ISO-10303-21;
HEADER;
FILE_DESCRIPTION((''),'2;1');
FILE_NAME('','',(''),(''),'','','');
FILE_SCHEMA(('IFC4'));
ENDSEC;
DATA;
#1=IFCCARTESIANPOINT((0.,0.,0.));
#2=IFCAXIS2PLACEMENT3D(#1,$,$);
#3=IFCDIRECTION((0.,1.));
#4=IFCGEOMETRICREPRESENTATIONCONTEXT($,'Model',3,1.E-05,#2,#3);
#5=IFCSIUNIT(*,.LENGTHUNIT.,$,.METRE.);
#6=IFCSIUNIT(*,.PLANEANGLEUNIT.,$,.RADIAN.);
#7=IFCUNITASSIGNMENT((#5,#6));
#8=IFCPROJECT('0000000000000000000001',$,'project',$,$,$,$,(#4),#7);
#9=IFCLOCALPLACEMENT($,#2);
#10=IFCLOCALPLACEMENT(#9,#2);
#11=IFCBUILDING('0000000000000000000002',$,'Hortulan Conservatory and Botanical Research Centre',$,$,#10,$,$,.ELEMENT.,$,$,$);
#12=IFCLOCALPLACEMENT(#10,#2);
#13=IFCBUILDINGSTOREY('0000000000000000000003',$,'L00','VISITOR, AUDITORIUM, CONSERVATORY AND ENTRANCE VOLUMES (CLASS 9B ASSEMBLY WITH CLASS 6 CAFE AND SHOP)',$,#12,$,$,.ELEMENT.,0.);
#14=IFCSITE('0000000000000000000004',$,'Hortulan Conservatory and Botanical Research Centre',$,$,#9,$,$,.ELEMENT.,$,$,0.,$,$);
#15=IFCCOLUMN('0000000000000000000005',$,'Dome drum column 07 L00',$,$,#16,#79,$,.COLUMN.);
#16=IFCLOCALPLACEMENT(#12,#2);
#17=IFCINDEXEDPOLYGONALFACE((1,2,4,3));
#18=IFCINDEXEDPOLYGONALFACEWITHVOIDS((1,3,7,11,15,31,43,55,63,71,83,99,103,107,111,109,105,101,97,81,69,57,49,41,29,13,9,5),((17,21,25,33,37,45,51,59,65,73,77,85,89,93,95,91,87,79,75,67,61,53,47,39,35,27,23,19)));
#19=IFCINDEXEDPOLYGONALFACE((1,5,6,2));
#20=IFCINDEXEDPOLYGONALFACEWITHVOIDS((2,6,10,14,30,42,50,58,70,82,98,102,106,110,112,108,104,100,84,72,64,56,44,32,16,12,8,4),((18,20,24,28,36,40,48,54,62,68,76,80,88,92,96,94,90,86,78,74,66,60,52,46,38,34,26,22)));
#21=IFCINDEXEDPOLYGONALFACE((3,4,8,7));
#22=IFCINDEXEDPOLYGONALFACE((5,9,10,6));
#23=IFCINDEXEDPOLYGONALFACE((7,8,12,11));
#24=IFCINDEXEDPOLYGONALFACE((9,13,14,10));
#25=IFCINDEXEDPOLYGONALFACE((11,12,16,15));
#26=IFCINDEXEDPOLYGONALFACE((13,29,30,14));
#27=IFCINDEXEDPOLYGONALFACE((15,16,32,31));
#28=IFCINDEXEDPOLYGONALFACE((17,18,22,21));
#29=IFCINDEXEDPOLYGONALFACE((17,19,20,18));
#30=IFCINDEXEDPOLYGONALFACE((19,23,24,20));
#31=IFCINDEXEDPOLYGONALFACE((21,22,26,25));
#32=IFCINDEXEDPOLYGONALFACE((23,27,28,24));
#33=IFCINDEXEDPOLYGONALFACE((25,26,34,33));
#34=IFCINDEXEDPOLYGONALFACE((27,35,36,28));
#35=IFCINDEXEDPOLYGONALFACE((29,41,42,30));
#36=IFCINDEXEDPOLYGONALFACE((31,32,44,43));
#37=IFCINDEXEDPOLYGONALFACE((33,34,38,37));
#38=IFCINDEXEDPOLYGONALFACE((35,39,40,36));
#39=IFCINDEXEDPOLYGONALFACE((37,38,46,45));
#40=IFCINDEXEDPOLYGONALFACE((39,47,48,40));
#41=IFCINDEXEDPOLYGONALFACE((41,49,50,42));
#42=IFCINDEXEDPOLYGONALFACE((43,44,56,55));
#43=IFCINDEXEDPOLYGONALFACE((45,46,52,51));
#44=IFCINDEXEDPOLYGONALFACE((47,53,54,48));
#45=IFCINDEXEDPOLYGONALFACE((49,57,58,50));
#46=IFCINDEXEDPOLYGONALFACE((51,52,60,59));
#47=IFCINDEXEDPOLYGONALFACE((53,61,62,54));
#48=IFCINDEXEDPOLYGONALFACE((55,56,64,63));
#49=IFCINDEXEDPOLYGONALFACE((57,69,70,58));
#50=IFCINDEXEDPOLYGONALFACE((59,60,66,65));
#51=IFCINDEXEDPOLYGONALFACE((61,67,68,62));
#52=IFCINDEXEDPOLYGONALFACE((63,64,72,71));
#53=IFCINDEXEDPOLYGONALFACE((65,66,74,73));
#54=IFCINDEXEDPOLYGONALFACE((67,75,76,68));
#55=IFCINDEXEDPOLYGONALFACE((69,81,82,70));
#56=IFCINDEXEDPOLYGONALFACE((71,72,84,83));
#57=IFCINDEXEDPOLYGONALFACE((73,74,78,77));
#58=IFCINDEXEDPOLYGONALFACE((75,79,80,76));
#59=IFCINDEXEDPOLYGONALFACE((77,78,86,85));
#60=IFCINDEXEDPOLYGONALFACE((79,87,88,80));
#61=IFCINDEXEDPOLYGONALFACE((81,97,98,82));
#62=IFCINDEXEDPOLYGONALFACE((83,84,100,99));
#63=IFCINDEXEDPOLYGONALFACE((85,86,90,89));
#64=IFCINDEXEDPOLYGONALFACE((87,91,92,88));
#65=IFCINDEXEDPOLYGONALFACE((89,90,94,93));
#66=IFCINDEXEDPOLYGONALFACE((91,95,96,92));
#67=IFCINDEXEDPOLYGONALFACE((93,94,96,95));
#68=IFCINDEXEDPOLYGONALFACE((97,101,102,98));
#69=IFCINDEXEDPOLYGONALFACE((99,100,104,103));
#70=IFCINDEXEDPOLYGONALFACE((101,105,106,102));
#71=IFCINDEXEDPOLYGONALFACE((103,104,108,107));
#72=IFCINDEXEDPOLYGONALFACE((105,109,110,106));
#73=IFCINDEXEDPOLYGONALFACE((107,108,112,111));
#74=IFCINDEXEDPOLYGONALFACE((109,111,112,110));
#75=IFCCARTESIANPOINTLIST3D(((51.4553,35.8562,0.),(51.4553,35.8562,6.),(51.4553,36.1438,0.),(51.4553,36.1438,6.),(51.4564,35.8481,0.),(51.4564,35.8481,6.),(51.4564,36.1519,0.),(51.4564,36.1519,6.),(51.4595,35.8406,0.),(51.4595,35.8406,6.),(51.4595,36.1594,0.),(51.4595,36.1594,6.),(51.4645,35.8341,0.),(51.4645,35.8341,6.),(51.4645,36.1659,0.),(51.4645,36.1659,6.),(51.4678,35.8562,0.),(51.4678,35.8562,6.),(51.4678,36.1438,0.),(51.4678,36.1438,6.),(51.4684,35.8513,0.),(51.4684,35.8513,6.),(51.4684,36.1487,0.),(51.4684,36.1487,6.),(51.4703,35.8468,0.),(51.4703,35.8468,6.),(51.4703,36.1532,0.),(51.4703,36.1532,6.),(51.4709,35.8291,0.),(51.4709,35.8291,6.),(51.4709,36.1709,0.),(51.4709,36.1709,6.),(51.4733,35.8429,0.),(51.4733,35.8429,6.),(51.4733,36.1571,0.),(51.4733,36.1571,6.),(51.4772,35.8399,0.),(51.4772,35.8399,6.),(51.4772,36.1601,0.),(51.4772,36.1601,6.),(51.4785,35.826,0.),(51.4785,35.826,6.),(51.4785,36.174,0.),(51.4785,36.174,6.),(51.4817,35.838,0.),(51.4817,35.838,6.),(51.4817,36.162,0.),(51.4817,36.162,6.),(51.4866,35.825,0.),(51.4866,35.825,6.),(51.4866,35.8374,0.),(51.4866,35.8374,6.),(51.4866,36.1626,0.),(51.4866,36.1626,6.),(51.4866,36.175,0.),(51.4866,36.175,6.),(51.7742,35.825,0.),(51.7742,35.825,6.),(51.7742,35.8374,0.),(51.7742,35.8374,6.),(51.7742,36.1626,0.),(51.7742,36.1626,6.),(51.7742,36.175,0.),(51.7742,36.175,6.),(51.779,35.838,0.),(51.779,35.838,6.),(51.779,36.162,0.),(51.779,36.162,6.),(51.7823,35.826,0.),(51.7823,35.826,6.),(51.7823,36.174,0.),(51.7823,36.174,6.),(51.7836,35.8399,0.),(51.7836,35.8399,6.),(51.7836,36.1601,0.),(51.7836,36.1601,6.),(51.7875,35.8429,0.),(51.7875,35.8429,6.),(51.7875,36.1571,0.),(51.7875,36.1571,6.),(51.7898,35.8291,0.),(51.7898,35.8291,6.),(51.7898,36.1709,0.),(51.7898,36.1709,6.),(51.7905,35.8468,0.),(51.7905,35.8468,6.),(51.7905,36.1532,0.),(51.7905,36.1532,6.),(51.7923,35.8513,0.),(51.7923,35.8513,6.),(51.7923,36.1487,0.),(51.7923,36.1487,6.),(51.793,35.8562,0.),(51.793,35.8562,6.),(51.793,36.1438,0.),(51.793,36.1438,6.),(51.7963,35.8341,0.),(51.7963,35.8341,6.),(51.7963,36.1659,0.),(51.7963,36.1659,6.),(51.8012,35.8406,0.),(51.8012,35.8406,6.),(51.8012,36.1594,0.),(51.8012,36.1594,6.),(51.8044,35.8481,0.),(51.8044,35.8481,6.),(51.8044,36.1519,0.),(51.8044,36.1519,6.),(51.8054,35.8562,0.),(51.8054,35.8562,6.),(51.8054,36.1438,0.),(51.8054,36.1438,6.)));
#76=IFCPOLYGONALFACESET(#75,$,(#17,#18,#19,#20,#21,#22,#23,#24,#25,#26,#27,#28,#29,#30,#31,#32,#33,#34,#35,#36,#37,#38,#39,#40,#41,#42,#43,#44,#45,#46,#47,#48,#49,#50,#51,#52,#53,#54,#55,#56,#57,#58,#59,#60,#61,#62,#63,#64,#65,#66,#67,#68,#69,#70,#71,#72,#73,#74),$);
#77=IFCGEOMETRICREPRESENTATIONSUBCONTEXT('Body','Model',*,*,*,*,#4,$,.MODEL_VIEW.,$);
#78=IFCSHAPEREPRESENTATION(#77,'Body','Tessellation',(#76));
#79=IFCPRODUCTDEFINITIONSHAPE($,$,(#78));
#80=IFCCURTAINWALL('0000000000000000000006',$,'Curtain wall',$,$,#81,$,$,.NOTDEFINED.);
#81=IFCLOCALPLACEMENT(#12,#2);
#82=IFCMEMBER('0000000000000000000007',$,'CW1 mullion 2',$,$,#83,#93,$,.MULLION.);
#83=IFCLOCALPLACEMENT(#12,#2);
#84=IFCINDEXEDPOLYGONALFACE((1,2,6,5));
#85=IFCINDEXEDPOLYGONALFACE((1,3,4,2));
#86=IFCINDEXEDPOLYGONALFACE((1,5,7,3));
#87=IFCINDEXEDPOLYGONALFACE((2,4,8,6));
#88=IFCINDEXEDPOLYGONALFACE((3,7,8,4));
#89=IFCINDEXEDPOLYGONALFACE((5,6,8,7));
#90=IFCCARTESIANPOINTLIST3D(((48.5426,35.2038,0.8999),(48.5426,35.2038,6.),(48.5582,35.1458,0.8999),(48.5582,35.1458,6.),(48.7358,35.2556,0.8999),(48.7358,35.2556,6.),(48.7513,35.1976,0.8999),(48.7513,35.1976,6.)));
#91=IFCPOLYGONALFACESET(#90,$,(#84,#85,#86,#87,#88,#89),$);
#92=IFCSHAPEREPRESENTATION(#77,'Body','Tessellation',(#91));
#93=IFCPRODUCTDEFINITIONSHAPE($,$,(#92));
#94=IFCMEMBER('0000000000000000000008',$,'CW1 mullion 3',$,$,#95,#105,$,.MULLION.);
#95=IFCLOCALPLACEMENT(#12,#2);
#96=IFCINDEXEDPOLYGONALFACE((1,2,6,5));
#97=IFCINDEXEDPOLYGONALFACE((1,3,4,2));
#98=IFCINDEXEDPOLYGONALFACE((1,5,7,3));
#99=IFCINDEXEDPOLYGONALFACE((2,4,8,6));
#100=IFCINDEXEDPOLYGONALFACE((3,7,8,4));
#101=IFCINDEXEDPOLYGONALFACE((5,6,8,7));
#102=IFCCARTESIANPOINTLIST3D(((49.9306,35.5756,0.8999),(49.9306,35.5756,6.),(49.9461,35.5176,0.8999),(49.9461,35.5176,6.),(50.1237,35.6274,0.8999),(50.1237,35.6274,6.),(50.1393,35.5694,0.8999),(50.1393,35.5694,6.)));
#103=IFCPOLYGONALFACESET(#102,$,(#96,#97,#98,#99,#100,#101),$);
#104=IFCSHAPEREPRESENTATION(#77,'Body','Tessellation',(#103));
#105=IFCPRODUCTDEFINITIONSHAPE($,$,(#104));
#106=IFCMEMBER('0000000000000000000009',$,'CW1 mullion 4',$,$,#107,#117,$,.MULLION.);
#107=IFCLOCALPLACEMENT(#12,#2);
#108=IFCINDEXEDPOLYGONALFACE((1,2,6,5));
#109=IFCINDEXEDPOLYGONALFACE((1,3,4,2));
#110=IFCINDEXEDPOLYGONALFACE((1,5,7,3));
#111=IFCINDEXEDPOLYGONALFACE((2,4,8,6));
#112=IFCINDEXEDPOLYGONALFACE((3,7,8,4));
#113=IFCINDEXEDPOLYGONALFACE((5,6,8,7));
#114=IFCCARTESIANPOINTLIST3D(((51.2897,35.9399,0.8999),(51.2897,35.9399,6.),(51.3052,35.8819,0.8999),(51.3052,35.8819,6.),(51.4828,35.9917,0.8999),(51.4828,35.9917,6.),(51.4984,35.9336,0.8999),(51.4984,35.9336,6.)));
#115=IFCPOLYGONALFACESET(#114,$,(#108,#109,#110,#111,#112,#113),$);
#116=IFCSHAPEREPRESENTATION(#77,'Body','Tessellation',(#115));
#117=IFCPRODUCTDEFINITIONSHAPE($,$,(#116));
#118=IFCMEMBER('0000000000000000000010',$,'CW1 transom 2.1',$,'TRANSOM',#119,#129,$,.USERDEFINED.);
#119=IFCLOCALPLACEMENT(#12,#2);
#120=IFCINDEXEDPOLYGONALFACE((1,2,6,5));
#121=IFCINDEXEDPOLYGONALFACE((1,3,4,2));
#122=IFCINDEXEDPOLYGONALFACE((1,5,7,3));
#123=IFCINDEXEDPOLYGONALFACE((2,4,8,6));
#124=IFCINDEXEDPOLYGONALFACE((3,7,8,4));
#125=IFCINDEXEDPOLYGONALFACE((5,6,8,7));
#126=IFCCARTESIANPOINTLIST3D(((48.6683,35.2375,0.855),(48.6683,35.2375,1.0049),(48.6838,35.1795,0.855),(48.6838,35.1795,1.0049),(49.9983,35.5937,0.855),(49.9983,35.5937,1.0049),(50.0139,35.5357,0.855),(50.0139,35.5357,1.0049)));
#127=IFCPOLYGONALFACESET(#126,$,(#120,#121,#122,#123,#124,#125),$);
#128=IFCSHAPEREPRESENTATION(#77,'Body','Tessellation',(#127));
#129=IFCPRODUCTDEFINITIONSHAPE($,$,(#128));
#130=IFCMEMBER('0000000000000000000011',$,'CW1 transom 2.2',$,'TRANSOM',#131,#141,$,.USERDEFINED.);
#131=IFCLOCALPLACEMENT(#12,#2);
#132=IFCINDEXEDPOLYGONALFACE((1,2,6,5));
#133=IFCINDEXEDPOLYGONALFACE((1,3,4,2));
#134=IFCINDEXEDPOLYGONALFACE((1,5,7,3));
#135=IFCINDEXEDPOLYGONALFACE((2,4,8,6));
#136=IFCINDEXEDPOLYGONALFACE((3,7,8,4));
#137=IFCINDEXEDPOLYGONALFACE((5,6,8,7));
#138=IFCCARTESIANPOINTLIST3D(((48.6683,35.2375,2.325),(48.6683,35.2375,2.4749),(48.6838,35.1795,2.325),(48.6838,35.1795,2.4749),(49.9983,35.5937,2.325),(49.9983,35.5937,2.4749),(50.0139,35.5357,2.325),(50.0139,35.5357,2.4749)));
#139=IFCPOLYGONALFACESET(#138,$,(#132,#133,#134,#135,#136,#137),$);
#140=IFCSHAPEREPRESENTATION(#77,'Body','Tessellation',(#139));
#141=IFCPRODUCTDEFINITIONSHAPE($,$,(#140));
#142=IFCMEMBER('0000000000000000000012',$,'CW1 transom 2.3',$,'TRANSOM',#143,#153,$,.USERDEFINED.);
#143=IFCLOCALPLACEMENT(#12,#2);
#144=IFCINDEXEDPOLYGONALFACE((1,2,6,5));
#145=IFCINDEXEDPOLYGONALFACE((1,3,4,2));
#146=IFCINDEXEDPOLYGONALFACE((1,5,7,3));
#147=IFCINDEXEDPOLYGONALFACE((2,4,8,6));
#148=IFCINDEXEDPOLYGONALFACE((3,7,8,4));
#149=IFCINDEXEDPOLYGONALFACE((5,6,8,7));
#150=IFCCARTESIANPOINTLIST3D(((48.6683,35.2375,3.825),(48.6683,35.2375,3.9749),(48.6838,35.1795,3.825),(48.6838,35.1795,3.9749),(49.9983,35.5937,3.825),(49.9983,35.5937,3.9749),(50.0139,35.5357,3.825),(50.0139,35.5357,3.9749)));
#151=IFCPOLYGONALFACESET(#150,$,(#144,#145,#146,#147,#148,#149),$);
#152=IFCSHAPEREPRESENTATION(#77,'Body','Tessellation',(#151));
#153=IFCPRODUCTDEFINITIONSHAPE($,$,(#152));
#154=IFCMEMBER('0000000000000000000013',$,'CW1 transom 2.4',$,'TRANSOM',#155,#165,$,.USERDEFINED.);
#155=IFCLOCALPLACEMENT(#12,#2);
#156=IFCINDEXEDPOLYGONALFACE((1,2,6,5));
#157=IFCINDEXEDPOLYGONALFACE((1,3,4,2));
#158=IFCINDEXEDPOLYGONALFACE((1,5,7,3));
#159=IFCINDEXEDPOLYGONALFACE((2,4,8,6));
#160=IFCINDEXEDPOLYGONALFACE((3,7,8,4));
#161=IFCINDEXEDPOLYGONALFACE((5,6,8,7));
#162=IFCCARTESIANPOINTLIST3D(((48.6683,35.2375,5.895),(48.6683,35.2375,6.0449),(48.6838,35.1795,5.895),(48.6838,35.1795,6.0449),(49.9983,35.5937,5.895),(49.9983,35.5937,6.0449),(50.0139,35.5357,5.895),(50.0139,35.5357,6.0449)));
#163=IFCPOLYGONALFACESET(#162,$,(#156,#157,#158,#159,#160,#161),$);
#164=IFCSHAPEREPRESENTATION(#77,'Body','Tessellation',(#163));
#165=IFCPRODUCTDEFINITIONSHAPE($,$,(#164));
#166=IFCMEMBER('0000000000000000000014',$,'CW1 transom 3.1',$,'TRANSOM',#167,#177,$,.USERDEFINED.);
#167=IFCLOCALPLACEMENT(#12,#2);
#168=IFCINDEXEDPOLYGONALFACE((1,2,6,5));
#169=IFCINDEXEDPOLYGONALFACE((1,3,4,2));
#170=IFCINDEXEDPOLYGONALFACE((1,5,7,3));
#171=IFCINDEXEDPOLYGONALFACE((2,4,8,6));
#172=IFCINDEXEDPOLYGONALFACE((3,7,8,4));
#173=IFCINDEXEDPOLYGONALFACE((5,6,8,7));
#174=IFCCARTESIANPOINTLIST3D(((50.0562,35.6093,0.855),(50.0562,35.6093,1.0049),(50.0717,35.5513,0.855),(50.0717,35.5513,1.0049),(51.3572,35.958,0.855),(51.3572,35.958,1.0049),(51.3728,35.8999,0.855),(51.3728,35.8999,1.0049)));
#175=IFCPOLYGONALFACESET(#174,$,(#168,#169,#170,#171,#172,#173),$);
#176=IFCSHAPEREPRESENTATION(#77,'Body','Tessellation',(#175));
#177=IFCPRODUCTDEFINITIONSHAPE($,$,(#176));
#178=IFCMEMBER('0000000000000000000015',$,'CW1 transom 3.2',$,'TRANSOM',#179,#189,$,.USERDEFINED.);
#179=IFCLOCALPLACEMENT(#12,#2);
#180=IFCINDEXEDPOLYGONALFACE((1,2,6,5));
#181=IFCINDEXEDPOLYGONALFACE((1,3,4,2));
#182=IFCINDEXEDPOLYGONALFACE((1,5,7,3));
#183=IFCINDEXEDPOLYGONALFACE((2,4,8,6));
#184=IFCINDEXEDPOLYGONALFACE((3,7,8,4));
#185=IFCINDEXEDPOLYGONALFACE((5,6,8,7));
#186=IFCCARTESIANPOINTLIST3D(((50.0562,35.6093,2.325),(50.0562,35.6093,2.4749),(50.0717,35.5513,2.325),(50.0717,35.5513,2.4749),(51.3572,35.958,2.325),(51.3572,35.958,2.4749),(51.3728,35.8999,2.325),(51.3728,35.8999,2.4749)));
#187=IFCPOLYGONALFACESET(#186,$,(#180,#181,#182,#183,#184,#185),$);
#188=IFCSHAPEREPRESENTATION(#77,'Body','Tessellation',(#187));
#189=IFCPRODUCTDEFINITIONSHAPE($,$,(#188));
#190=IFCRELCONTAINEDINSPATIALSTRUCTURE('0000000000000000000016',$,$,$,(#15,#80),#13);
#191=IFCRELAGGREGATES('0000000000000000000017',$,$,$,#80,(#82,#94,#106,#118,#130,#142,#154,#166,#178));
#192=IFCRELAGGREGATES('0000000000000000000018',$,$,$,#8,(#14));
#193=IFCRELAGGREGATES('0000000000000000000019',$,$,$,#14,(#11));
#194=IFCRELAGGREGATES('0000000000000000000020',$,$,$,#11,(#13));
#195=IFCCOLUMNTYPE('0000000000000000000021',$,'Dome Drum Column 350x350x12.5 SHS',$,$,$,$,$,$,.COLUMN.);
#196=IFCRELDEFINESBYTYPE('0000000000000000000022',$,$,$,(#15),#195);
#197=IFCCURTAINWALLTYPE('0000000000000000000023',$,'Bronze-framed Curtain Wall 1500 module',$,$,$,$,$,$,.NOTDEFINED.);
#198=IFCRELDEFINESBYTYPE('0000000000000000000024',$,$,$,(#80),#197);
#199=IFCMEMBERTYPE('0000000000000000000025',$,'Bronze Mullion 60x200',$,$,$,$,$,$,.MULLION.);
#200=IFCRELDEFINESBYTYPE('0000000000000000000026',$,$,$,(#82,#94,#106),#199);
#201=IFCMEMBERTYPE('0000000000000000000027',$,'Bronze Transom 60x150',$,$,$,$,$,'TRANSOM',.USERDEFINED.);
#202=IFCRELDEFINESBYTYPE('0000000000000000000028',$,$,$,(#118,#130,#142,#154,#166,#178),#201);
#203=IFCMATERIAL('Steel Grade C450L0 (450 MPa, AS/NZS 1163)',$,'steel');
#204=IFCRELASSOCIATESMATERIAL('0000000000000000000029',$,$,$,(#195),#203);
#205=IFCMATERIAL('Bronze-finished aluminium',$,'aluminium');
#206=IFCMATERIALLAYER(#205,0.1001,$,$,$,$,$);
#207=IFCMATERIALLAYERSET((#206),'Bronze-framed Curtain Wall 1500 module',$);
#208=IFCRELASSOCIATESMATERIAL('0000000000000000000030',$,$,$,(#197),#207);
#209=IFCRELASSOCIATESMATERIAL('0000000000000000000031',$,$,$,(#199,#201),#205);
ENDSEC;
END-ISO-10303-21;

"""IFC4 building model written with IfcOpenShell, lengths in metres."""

from ifc_helpers import new_model, si_unit, direction, frame, origin, origin_2d, place, context, subcontext, project, spatial, rectangle, hollow_rectangle, extrude, material, layer, layer_set, material_profile, profile_set, type_object, element, aggregate, save


model = new_model("IFC4")

# Units and contexts
model_context = context("Model", 3, precision=1e-05, world=origin(), true_north=direction((0.0, 1.0)))
body_context = subcontext(model_context, "Body", "Model", "MODEL_VIEW")
ifc_project = project(units=[si_unit("LENGTHUNIT", "METRE"), si_unit("PLANEANGLEUNIT", "RADIAN")], contexts=[model_context])

# Site, building, storey
site_placement = place(None, origin())
site = spatial("IfcSite", under=ifc_project, at=site_placement, Name="Hortulan Conservatory and Botanical Research Centre", CompositionType="ELEMENT", RefElevation=0.0)
building_placement = place(site_placement, origin())
building = spatial("IfcBuilding", under=site, at=building_placement, Name="Hortulan Conservatory and Botanical Research Centre", CompositionType="ELEMENT")
storey_placement = place(building_placement, origin())
storey = spatial("IfcBuildingStorey", under=building, at=storey_placement, Name="L00", Description="VISITOR, AUDITORIUM, CONSERVATORY AND ENTRANCE VOLUMES (CLASS 9B ASSEMBLY WITH CLASS 6 CAFE AND SHOP)", CompositionType="ELEMENT", Elevation=0.0)

# Column
ifc_material_1 = material(Name="Steel Grade C450L0 (450 MPa, AS/NZS 1163)", Category="steel")
ifc_material_profile_1 = material_profile(ifc_material_1, hollow_rectangle(XDim=0.3501, YDim=0.3501, WallThickness=0.0125, InnerFilletRadius=0.0188, OuterFilletRadius=0.0312, at=origin_2d()), Name="350x350x12.5SHS")
ifc_profile_set_1 = profile_set([ifc_material_profile_1], Name="Steel Grade C450L0 (450 MPa, AS/NZS 1163)")
column_type = type_object("IfcColumnType", Name="Dome Drum Column 350x350x12.5 SHS", PredefinedType="COLUMN", material=ifc_profile_set_1)
column_placement = place(storey_placement, frame((51.6304, 36.0, 0.0), z_axis=(0.0, 0.0, 1.0), x_axis=(1.0, 0.0, 0.0)))
element("IfcColumn", 1, at=column_placement, inside=storey, type_object=column_type, Name="Dome drum column 07 L00", PredefinedType="COLUMN", context=body_context, shape_type="SweptSolid", body=[
    extrude(hollow_rectangle(XDim=0.3501, YDim=0.3501, WallThickness=0.0125, InnerFilletRadius=0.0188, OuterFilletRadius=0.0312, at=origin_2d()), origin(), (0.0, 0.0, 1.0), 6.0),
])

# Curtain wall, members
ifc_material_2 = material(Name="Bronze-finished aluminium", Category="aluminium")
ifc_layer_1 = layer(ifc_material_2, 0.1001)
ifc_layer_set_1 = layer_set([ifc_layer_1], Name="Bronze-framed Curtain Wall 1500 module")
curtain_wall_type = type_object("IfcCurtainWallType", Name="Bronze-framed Curtain Wall 1500 module", PredefinedType="NOTDEFINED", material=ifc_layer_set_1)
curtain_wall_placement = place(storey_placement, origin())
curtain_wall = element("IfcCurtainWall", 2, at=curtain_wall_placement, inside=storey, type_object=curtain_wall_type, Name="Curtain wall", PredefinedType="NOTDEFINED")
ifc_material_profile_2 = material_profile(ifc_material_2, rectangle(XDim=0.0601, YDim=0.2, at=origin_2d()), Name="Bronze Mullion 60x200")
ifc_profile_set_2 = profile_set([ifc_material_profile_2], Name="Bronze-finished aluminium")
member_type_1 = type_object("IfcMemberType", Name="Bronze Mullion 60x200", PredefinedType="MULLION", material=ifc_profile_set_2)
member_1_placement = place(storey_placement, frame((48.647, 35.2007, 0.8999), z_axis=(0.0, 0.0, 1.0), x_axis=(-0.258832, 0.965922, 0.0)))
member_1 = element("IfcMember", 3, at=member_1_placement, type_object=member_type_1, Name="CW1 mullion 2", PredefinedType="MULLION", context=body_context, shape_type="SweptSolid", body=[
    extrude(rectangle(XDim=0.0601, YDim=0.2, at=origin_2d()), origin(), (0.0, 0.0, 1.0), 5.1001),
])
member_2_placement = place(storey_placement, frame((50.0349, 35.5725, 0.8999), z_axis=(0.0, 0.0, 1.0), x_axis=(-0.258832, 0.965922, 0.0)))
member_2 = element("IfcMember", 4, at=member_2_placement, type_object=member_type_1, Name="CW1 mullion 3", PredefinedType="MULLION", context=body_context, shape_type="SweptSolid", body=[
    extrude(rectangle(XDim=0.0601, YDim=0.2, at=origin_2d()), origin(), (0.0, 0.0, 1.0), 5.1001),
])
member_3_placement = place(storey_placement, frame((51.394, 35.9368, 0.8999), z_axis=(0.0, 0.0, 1.0), x_axis=(-0.258832, 0.965922, 0.0)))
member_3 = element("IfcMember", 5, at=member_3_placement, type_object=member_type_1, Name="CW1 mullion 4", PredefinedType="MULLION", context=body_context, shape_type="SweptSolid", body=[
    extrude(rectangle(XDim=0.0601, YDim=0.2, at=origin_2d()), origin(), (0.0, 0.0, 1.0), 5.1001),
])
ifc_material_profile_3 = material_profile(ifc_material_2, rectangle(XDim=0.0601, YDim=0.1499, at=origin_2d()), Name="Bronze Transom 60x150")
ifc_profile_set_3 = profile_set([ifc_material_profile_3], Name="Bronze-finished aluminium")
member_type_2 = type_object("IfcMemberType", Name="Bronze Transom 60x150", ElementType="TRANSOM", PredefinedType="USERDEFINED", material=ifc_profile_set_3)
member_4_placement = place(storey_placement, frame((48.676, 35.2085, 0.9299), z_axis=(0.965961, 0.258689, 0.0), x_axis=(-0.258689, 0.965961, 0.0)))
member_4 = element("IfcMember", 6, at=member_4_placement, type_object=member_type_2, Name="CW1 transom 2.1", ObjectType="TRANSOM", PredefinedType="USERDEFINED", context=body_context, shape_type="SweptSolid", body=[
    extrude(rectangle(XDim=0.0601, YDim=0.1499, at=origin_2d()), origin(), (0.0, 0.0, 1.0), 1.377),
])
member_5_placement = place(storey_placement, frame((48.676, 35.2085, 2.3999), z_axis=(0.965961, 0.258689, 0.0), x_axis=(-0.258689, 0.965961, 0.0)))
member_5 = element("IfcMember", 7, at=member_5_placement, type_object=member_type_2, Name="CW1 transom 2.2", ObjectType="TRANSOM", PredefinedType="USERDEFINED", context=body_context, shape_type="SweptSolid", body=[
    extrude(rectangle(XDim=0.0601, YDim=0.1499, at=origin_2d()), origin(), (0.0, 0.0, 1.0), 1.377),
])
member_6_placement = place(storey_placement, frame((48.676, 35.2085, 3.8999), z_axis=(0.965961, 0.258689, 0.0), x_axis=(-0.258689, 0.965961, 0.0)))
member_6 = element("IfcMember", 8, at=member_6_placement, type_object=member_type_2, Name="CW1 transom 2.3", ObjectType="TRANSOM", PredefinedType="USERDEFINED", context=body_context, shape_type="SweptSolid", body=[
    extrude(rectangle(XDim=0.0601, YDim=0.1499, at=origin_2d()), origin(), (0.0, 0.0, 1.0), 1.377),
])
member_7_placement = place(storey_placement, frame((48.676, 35.2085, 5.97), z_axis=(0.965961, 0.258689, 0.0), x_axis=(-0.258689, 0.965961, 0.0)))
member_7 = element("IfcMember", 9, at=member_7_placement, type_object=member_type_2, Name="CW1 transom 2.4", ObjectType="TRANSOM", PredefinedType="USERDEFINED", context=body_context, shape_type="SweptSolid", body=[
    extrude(rectangle(XDim=0.0601, YDim=0.1499, at=origin_2d()), origin(), (0.0, 0.0, 1.0), 1.377),
])
member_8_placement = place(storey_placement, frame((50.064, 35.5803, 0.9299), z_axis=(0.965921, 0.258836, 0.0), x_axis=(-0.258836, 0.965921, 0.0)))
member_8 = element("IfcMember", 10, at=member_8_placement, type_object=member_type_2, Name="CW1 transom 3.1", ObjectType="TRANSOM", PredefinedType="USERDEFINED", context=body_context, shape_type="SweptSolid", body=[
    extrude(rectangle(XDim=0.0601, YDim=0.1499, at=origin_2d()), origin(), (0.0, 0.0, 1.0), 1.3469),
])
member_9_placement = place(storey_placement, frame((50.064, 35.5803, 2.3999), z_axis=(0.965921, 0.258836, 0.0), x_axis=(-0.258836, 0.965921, 0.0)))
member_9 = element("IfcMember", 11, at=member_9_placement, type_object=member_type_2, Name="CW1 transom 3.2", ObjectType="TRANSOM", PredefinedType="USERDEFINED", context=body_context, shape_type="SweptSolid", body=[
    extrude(rectangle(XDim=0.0601, YDim=0.1499, at=origin_2d()), origin(), (0.0, 0.0, 1.0), 1.3469),
])

aggregate(curtain_wall, [member_1, member_2, member_3, member_4, member_5, member_6, member_7, member_8, member_9])

save(model, "model.ifc")
